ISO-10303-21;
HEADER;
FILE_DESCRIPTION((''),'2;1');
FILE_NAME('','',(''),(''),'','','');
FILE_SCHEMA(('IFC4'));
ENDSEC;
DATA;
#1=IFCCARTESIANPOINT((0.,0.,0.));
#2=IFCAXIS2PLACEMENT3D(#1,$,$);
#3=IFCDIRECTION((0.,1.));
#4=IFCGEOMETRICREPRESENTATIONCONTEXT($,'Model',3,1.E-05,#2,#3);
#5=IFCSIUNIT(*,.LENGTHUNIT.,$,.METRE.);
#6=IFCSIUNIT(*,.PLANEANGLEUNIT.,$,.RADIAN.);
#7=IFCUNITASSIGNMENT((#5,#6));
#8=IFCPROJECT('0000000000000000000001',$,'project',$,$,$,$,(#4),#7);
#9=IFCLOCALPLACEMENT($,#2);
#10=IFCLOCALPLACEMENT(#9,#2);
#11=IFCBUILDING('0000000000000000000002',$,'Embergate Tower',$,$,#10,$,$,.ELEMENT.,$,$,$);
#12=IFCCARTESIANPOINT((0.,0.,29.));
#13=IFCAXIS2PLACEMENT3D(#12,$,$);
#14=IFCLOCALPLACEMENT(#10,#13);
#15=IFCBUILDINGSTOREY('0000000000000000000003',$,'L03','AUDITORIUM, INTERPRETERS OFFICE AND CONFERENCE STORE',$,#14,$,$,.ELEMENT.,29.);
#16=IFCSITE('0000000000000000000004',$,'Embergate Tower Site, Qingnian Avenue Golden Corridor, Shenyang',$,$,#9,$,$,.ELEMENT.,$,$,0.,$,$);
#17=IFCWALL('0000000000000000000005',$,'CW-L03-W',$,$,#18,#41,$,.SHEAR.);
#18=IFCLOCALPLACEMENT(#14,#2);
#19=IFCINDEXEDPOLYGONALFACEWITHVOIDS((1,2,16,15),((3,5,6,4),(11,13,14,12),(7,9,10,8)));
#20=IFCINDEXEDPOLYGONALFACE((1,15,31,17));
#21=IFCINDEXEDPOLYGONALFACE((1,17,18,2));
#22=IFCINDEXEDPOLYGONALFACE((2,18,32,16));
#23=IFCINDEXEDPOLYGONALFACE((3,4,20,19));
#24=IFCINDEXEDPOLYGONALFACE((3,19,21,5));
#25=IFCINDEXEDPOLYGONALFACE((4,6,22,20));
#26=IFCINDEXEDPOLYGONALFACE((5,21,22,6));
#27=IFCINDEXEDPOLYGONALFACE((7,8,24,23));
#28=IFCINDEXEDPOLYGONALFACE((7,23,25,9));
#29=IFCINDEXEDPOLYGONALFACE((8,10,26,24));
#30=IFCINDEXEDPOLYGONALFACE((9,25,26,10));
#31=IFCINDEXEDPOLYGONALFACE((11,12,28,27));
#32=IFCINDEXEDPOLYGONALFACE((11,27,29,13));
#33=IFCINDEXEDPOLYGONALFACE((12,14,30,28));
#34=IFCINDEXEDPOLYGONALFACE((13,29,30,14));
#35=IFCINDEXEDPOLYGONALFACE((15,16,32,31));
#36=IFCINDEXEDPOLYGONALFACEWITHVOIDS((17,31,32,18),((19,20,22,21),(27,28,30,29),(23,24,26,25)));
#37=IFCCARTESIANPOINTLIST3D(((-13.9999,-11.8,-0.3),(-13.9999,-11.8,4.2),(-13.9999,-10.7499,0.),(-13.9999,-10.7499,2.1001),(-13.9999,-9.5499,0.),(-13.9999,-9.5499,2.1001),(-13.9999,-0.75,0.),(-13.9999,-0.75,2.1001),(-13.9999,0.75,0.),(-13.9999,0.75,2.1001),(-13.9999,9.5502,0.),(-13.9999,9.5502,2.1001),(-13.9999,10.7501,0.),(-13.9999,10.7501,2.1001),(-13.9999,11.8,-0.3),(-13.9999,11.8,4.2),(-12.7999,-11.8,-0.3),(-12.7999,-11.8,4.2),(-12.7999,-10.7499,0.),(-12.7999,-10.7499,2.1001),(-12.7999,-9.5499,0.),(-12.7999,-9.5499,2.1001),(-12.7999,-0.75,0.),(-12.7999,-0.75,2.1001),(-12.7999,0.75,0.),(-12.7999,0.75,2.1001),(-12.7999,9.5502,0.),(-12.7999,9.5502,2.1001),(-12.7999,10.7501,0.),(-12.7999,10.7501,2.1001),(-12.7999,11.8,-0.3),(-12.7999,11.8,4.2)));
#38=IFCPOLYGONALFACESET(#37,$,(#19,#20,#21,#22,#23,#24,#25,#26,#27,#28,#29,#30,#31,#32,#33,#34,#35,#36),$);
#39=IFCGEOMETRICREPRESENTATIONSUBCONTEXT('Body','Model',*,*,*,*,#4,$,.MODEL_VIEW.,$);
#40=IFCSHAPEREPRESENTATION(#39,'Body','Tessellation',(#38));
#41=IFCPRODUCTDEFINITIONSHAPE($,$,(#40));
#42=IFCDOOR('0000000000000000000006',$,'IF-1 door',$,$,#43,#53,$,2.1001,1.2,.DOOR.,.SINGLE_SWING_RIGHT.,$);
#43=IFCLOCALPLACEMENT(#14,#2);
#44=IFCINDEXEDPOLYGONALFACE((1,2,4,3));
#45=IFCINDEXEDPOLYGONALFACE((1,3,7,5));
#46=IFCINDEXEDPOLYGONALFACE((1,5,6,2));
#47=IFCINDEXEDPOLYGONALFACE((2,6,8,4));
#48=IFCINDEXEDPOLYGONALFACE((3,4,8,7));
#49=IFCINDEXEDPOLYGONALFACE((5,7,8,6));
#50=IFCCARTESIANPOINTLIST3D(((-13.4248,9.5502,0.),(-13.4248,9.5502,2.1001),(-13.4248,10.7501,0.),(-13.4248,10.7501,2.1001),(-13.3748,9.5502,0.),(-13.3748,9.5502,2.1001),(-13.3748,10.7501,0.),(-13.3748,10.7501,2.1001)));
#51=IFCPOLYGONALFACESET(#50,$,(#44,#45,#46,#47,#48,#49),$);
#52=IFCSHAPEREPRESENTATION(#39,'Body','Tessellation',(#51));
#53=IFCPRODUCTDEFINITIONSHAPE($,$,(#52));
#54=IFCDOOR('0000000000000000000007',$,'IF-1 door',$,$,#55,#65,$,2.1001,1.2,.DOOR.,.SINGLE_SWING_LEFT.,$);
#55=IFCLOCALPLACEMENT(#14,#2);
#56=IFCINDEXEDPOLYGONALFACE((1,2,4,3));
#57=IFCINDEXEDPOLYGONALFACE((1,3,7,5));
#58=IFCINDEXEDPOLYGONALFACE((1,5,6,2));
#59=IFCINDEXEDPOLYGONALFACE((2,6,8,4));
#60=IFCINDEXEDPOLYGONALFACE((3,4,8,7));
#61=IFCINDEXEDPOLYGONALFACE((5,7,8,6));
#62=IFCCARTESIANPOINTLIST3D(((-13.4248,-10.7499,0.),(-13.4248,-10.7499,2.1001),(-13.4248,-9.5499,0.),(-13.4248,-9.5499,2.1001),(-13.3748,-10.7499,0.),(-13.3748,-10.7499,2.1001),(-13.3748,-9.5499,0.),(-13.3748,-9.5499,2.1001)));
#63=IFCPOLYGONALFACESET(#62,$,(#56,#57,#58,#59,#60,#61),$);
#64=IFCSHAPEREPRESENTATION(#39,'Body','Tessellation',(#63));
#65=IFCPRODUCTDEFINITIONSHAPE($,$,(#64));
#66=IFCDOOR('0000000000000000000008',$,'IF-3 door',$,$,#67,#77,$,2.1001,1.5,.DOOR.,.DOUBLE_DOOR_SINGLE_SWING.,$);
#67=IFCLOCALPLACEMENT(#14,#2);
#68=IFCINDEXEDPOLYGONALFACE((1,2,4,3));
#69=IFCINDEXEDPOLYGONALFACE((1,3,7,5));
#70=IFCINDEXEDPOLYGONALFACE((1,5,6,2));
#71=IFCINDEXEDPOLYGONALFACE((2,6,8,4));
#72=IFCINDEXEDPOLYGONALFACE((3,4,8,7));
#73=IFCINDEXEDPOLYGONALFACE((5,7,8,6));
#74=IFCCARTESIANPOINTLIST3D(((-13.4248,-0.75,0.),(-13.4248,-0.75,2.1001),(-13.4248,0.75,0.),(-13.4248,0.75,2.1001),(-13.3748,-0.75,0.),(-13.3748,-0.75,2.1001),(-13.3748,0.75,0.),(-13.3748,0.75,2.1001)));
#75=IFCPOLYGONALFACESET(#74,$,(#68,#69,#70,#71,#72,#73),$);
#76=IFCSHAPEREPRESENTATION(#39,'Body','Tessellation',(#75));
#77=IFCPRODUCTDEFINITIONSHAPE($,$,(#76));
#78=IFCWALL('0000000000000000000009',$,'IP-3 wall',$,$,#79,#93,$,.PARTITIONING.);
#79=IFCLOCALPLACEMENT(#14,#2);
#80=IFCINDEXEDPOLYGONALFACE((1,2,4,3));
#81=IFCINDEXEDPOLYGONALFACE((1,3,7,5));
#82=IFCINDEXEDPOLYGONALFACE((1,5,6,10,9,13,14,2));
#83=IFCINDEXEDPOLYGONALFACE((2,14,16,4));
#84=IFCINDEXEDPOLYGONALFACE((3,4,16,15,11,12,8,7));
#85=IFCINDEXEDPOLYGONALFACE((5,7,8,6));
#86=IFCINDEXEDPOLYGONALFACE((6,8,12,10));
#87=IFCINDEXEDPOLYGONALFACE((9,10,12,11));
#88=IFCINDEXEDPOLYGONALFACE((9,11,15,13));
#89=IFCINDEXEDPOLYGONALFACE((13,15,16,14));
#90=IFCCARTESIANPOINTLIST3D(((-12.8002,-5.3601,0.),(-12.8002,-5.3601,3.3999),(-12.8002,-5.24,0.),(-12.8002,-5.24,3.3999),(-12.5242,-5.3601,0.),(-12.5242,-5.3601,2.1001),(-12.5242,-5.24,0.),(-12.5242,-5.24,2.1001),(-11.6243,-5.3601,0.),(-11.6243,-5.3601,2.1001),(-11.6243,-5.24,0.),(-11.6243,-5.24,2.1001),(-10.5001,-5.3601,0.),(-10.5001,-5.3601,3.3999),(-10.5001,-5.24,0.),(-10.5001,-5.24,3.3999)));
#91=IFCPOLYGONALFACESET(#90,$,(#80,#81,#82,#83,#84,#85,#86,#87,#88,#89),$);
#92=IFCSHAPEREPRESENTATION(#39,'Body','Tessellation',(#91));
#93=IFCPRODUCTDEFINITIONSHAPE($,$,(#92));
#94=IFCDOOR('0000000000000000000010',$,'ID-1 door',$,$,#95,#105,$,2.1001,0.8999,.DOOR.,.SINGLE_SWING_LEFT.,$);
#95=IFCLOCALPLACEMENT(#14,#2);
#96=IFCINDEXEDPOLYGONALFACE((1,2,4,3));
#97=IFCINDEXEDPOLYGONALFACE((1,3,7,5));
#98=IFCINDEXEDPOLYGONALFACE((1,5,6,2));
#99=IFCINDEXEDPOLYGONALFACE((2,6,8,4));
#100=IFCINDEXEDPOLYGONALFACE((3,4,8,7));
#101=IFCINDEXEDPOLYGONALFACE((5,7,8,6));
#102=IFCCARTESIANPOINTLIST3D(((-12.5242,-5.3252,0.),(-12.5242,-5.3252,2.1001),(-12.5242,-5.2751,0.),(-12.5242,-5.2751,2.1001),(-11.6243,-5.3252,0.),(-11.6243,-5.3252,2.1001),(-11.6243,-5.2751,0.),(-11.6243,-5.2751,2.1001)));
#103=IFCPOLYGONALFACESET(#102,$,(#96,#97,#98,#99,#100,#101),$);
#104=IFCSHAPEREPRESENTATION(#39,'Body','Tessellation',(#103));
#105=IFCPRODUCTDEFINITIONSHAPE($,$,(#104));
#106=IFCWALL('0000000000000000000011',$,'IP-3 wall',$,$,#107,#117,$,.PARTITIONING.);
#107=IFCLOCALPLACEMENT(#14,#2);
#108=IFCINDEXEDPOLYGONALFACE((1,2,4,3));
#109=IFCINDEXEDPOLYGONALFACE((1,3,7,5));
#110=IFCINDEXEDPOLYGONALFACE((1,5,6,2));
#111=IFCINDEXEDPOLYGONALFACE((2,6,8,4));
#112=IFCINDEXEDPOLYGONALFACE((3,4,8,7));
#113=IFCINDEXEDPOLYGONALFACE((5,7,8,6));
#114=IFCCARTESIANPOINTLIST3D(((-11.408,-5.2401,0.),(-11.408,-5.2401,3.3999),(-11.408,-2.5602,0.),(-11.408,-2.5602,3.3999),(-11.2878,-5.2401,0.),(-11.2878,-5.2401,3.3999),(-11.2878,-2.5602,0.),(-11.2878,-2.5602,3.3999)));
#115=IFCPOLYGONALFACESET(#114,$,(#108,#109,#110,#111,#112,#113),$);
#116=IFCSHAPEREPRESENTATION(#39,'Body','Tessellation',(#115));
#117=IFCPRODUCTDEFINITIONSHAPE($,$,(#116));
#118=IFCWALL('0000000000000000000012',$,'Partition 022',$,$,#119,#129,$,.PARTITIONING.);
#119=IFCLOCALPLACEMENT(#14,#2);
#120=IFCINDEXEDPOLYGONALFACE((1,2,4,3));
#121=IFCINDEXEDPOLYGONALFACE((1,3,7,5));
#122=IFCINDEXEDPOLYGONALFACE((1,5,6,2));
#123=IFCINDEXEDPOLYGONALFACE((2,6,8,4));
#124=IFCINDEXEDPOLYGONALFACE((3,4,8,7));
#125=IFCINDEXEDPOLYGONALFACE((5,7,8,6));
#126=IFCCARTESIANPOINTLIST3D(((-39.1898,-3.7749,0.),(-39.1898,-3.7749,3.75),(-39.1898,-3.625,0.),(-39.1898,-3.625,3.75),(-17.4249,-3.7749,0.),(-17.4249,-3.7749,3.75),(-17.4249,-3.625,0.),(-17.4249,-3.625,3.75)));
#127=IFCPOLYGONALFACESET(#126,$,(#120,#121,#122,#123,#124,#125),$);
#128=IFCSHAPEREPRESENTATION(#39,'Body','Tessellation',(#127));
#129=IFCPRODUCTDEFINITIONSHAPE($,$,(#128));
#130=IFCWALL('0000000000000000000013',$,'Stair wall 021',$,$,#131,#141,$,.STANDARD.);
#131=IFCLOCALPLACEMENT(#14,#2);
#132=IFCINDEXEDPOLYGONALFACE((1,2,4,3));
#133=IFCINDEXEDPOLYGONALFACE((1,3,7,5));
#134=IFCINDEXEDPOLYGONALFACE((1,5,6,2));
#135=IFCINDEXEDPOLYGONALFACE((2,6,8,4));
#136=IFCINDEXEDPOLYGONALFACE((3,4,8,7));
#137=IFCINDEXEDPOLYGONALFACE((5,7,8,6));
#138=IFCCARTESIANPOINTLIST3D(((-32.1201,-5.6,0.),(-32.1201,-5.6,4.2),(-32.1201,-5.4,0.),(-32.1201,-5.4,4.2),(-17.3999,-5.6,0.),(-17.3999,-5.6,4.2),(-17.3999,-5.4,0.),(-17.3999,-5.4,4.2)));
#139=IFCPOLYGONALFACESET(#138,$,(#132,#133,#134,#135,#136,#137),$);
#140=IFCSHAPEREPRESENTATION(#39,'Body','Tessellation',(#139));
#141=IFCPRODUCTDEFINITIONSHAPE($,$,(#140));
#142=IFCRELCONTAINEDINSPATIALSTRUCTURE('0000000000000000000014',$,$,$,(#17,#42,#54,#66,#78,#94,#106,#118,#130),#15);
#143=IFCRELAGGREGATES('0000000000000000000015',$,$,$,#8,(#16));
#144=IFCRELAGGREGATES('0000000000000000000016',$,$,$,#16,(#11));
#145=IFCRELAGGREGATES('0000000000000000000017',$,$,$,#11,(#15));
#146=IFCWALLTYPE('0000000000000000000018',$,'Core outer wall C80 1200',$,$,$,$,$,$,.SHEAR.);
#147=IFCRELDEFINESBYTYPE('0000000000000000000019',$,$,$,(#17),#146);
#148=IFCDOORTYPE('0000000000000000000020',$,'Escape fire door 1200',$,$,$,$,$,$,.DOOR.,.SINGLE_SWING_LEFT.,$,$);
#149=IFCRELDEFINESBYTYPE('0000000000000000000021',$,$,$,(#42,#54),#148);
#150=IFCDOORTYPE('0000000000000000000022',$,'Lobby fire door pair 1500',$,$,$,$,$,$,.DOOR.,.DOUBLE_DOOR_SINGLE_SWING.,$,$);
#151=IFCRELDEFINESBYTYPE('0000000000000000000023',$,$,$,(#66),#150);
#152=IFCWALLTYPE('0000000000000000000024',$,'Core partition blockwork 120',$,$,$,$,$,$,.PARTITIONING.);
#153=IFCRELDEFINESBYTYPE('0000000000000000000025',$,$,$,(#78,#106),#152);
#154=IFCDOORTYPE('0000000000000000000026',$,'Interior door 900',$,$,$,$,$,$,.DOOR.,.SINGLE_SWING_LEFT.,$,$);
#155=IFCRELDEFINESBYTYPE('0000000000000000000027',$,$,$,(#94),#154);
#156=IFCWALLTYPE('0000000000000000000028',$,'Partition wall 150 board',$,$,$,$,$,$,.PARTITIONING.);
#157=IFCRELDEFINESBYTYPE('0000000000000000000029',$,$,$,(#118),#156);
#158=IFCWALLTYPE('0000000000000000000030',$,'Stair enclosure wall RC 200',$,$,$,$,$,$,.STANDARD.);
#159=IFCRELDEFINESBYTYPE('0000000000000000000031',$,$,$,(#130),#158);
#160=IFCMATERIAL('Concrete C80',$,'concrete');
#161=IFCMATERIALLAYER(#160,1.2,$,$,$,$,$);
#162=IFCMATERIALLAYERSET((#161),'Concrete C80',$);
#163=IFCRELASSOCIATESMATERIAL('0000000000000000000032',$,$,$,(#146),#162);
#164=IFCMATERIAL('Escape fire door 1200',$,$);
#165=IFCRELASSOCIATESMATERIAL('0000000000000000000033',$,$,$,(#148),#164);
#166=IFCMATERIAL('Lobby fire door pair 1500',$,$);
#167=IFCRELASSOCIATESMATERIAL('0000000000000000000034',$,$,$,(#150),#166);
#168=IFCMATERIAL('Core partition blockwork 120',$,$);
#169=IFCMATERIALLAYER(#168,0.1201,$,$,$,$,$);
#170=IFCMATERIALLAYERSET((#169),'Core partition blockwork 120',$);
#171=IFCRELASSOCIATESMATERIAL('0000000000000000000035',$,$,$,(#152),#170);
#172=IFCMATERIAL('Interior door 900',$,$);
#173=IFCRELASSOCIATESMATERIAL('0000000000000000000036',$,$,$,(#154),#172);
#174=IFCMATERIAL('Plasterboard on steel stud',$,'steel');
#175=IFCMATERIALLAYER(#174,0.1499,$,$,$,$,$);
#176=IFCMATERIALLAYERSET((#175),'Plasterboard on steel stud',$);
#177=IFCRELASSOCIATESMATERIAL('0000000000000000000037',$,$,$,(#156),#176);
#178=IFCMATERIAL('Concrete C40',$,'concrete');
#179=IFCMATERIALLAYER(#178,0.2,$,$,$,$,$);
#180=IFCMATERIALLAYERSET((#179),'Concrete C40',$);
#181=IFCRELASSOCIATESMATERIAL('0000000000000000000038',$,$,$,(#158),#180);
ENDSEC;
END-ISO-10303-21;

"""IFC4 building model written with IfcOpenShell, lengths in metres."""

from ifc_helpers import new_model, si_unit, direction, frame, frame_2d, origin, place, context, subcontext, project, spatial, rectangle, extrude, source, transform, mapped, material, layer, layer_set, type_object, element, fill, save


model = new_model("IFC4")

# Units and contexts
model_context = context("Model", 3, precision=1e-05, world=origin(), true_north=direction((0.0, 1.0)))
body_context = subcontext(model_context, "Body", "Model", "MODEL_VIEW")
ifc_project = project(units=[si_unit("LENGTHUNIT", "METRE"), si_unit("PLANEANGLEUNIT", "RADIAN")], contexts=[model_context])

# Site, building, storey
site_placement = place(None, origin())
site = spatial("IfcSite", under=ifc_project, at=site_placement, Name="Embergate Tower Site, Qingnian Avenue Golden Corridor, Shenyang", CompositionType="ELEMENT", RefElevation=0.0)
building_placement = place(site_placement, origin())
building = spatial("IfcBuilding", under=site, at=building_placement, Name="Embergate Tower", CompositionType="ELEMENT")
storey_placement = place(building_placement, frame((0.0, 0.0, 29.0)))
storey = spatial("IfcBuildingStorey", under=building, at=storey_placement, Name="L03", Description="AUDITORIUM, INTERPRETERS OFFICE AND CONFERENCE STORE", CompositionType="ELEMENT", Elevation=29.0)

# Shared definitions
ifc_material_1 = material(Name="Concrete C40", Category="concrete")

# Shared definitions
ifc_material_2 = material(Name="Concrete C80", Category="concrete")
ifc_layer_1 = layer(ifc_material_2, 1.2)
ifc_layer_set_1 = layer_set([ifc_layer_1], Name="Concrete C80")
wall_type_1 = type_object("IfcWallType", Name="Core outer wall C80 1200", PredefinedType="SHEAR", material=ifc_layer_set_1)

# Wall, openings, doors
shared_shape_1 = source(origin(), body_context, "Body", "SweptSolid", [
    extrude(rectangle(XDim=23.6001, YDim=1.2, at=frame_2d((11.8, 0.0))), origin(), (0.0, 0.0, 1.0), 4.5),
])
wall_1_placement = place(storey_placement, frame((-13.3999, -11.8, -0.3), z_axis=(0.0, 0.0, 1.0), x_axis=(0.0, 1.0, 0.0)))
wall_1 = element("IfcWall", 1, at=wall_1_placement, inside=storey, type_object=wall_type_1, Name="CW-L03-W", PredefinedType="SHEAR", context=body_context, shape_type="MappedRepresentation", body=[
    mapped(shared_shape_1, transform((0.0, 0.0, 0.0))),
])
shared_shape_2 = source(origin(), body_context, "Body", "SweptSolid", [
    extrude(rectangle(XDim=1.2, YDim=2.1001, at=frame_2d((0.6001, 1.05))), frame((0.0, 0.6099, 0.0), z_axis=(0.0, -1.0, 0.0), x_axis=(1.0, 0.0, 0.0)), (0.0, 0.0, 1.0), 1.22),
])
opening_1_placement = place(wall_1_placement, frame((21.3501, 0.0, 0.3)))
opening_1 = element("IfcOpeningElement", 2, at=opening_1_placement, cuts=wall_1, PredefinedType="OPENING", context=body_context, shape_type="MappedRepresentation", body=[
    mapped(shared_shape_2, transform((0.0, 0.0, 0.0))),
])
opening_2_placement = place(wall_1_placement, frame((1.05, 0.0, 0.3)))
opening_2 = element("IfcOpeningElement", 3, at=opening_2_placement, cuts=wall_1, PredefinedType="OPENING", context=body_context, shape_type="MappedRepresentation", body=[
    mapped(shared_shape_2, transform((0.0, 0.0, 0.0))),
])
shared_shape_3 = source(origin(), body_context, "Body", "SweptSolid", [
    extrude(rectangle(XDim=1.5, YDim=2.1001, at=frame_2d((0.75, 1.05))), frame((0.0, 0.6099, 0.0), z_axis=(0.0, -1.0, 0.0), x_axis=(1.0, 0.0, 0.0)), (0.0, 0.0, 1.0), 1.22),
])
opening_3_placement = place(wall_1_placement, frame((11.05, 0.0, 0.3)))
opening_3 = element("IfcOpeningElement", 4, at=opening_3_placement, cuts=wall_1, PredefinedType="OPENING", context=body_context, shape_type="MappedRepresentation", body=[
    mapped(shared_shape_3, transform((0.0, 0.0, 0.0))),
])
ifc_material_3 = material(Name="Escape fire door 1200")
door_type_1 = type_object("IfcDoorType", Name="Escape fire door 1200", OperationType="SINGLE_SWING_LEFT", PredefinedType="DOOR", material=ifc_material_3)
shared_shape_4 = source(origin(), body_context, "Body", "SweptSolid", [
    extrude(rectangle(XDim=1.2, YDim=2.1001, at=frame_2d((0.6001, 1.05))), frame((0.0, 0.0249, 0.0), z_axis=(0.0, -1.0, 0.0), x_axis=(1.0, 0.0, 0.0)), (0.0, 0.0, 1.0), 0.05),
])
door_1_placement = place(opening_1_placement, origin())
door_1 = element("IfcDoor", 5, at=door_1_placement, inside=storey, type_object=door_type_1, Name="IF-1 door", OperationType="SINGLE_SWING_RIGHT", OverallHeight=2.1001, OverallWidth=1.2, PredefinedType="DOOR", context=body_context, shape_type="MappedRepresentation", body=[
    mapped(shared_shape_4, transform((0.0, 0.0, 0.0))),
])
fill(opening_1, door_1)
door_2_placement = place(opening_2_placement, origin())
door_2 = element("IfcDoor", 6, at=door_2_placement, inside=storey, type_object=door_type_1, Name="IF-1 door", OperationType="SINGLE_SWING_LEFT", OverallHeight=2.1001, OverallWidth=1.2, PredefinedType="DOOR", context=body_context, shape_type="MappedRepresentation", body=[
    mapped(shared_shape_4, transform((0.0, 0.0, 0.0))),
])
fill(opening_2, door_2)
ifc_material_4 = material(Name="Lobby fire door pair 1500")
door_type_2 = type_object("IfcDoorType", Name="Lobby fire door pair 1500", OperationType="DOUBLE_DOOR_SINGLE_SWING", PredefinedType="DOOR", material=ifc_material_4)
shared_shape_5 = source(origin(), body_context, "Body", "SweptSolid", [
    extrude(rectangle(XDim=1.5, YDim=2.1001, at=frame_2d((0.75, 1.05))), frame((0.0, 0.0249, 0.0), z_axis=(0.0, -1.0, 0.0), x_axis=(1.0, 0.0, 0.0)), (0.0, 0.0, 1.0), 0.05),
])
door_3_placement = place(opening_3_placement, origin())
door_3 = element("IfcDoor", 7, at=door_3_placement, inside=storey, type_object=door_type_2, Name="IF-3 door", OperationType="DOUBLE_DOOR_SINGLE_SWING", OverallHeight=2.1001, OverallWidth=1.5, PredefinedType="DOOR", context=body_context, shape_type="MappedRepresentation", body=[
    mapped(shared_shape_5, transform((0.0, 0.0, 0.0))),
])
fill(opening_3, door_3)

# Wall, opening, door
ifc_material_5 = material(Name="Core partition blockwork 120")
ifc_layer_2 = layer(ifc_material_5, 0.1201)
ifc_layer_set_2 = layer_set([ifc_layer_2], Name="Core partition blockwork 120")
wall_type_2 = type_object("IfcWallType", Name="Core partition blockwork 120", PredefinedType="PARTITIONING", material=ifc_layer_set_2)
shared_shape_6 = source(origin(), body_context, "Body", "SweptSolid", [
    extrude(rectangle(XDim=2.3, YDim=0.1201, at=frame_2d((1.1499, 0.0))), origin(), (0.0, 0.0, 1.0), 3.3999),
])
wall_2_placement = place(storey_placement, frame((-12.8, -5.3, 0.0), z_axis=(0.0, 0.0, 1.0), x_axis=(1.0, 0.0, 0.0)))
wall_2 = element("IfcWall", 8, at=wall_2_placement, inside=storey, type_object=wall_type_2, Name="IP-3 wall", PredefinedType="PARTITIONING", context=body_context, shape_type="MappedRepresentation", body=[
    mapped(shared_shape_6, transform((0.0, 0.0, 0.0))),
])
shared_shape_7 = source(origin(), body_context, "Body", "SweptSolid", [
    extrude(rectangle(XDim=0.8999, YDim=2.1001, at=frame_2d((0.45, 1.05))), frame((0.0, 0.0701, 0.0), z_axis=(0.0, -1.0, 0.0), x_axis=(1.0, 0.0, 0.0)), (0.0, 0.0, 1.0), 0.1401),
])
opening_4_placement = place(wall_2_placement, frame((0.2759, 0.0, 0.0)))
opening_4 = element("IfcOpeningElement", 9, at=opening_4_placement, cuts=wall_2, PredefinedType="OPENING", context=body_context, shape_type="MappedRepresentation", body=[
    mapped(shared_shape_7, transform((0.0, 0.0, 0.0))),
])
ifc_material_6 = material(Name="Interior door 900")
door_type_3 = type_object("IfcDoorType", Name="Interior door 900", OperationType="SINGLE_SWING_LEFT", PredefinedType="DOOR", material=ifc_material_6)
shared_shape_8 = source(origin(), body_context, "Body", "SweptSolid", [
    extrude(rectangle(XDim=0.8999, YDim=2.1001, at=frame_2d((0.45, 1.05))), frame((0.0, 0.0249, 0.0), z_axis=(0.0, -1.0, 0.0), x_axis=(1.0, 0.0, 0.0)), (0.0, 0.0, 1.0), 0.05),
])
door_4_placement = place(opening_4_placement, origin())
door_4 = element("IfcDoor", 10, at=door_4_placement, inside=storey, type_object=door_type_3, Name="ID-1 door", OperationType="SINGLE_SWING_LEFT", OverallHeight=2.1001, OverallWidth=0.8999, PredefinedType="DOOR", context=body_context, shape_type="MappedRepresentation", body=[
    mapped(shared_shape_8, transform((0.0, 0.0, 0.0))),
])
fill(opening_4, door_4)

# Walls
shared_shape_9 = source(origin(), body_context, "Body", "SweptSolid", [
    extrude(rectangle(XDim=2.6799, YDim=0.1201, at=frame_2d((1.3398, 0.0))), origin(), (0.0, 0.0, 1.0), 3.3999),
])
wall_3_placement = place(storey_placement, frame((-11.3479, -5.24, 0.0), z_axis=(0.0, 0.0, 1.0), x_axis=(0.0, 1.0, 0.0)))
element("IfcWall", 11, at=wall_3_placement, inside=storey, type_object=wall_type_2, Name="IP-3 wall", PredefinedType="PARTITIONING", context=body_context, shape_type="MappedRepresentation", body=[
    mapped(shared_shape_9, transform((0.0, 0.0, 0.0))),
])
ifc_material_7 = material(Name="Plasterboard on steel stud", Category="steel")
ifc_layer_3 = layer(ifc_material_7, 0.1499)
ifc_layer_set_3 = layer_set([ifc_layer_3], Name="Plasterboard on steel stud")
wall_type_3 = type_object("IfcWallType", Name="Partition wall 150 board", PredefinedType="PARTITIONING", material=ifc_layer_set_3)
shared_shape_10 = source(origin(), body_context, "Body", "SweptSolid", [
    extrude(rectangle(XDim=21.7649, YDim=0.1499, at=frame_2d((10.8823, 0.0))), origin(), (0.0, 0.0, 1.0), 3.75),
])
wall_4_placement = place(storey_placement, frame((-17.425, -3.7, 0.0), z_axis=(0.0, 0.0, 1.0), x_axis=(-1.0, 0.0, 0.0)))
element("IfcWall", 12, at=wall_4_placement, inside=storey, type_object=wall_type_3, Name="Partition 022", PredefinedType="PARTITIONING", context=body_context, shape_type="MappedRepresentation", body=[
    mapped(shared_shape_10, transform((0.0, 0.0, 0.0))),
])
ifc_layer_4 = layer(ifc_material_1, 0.2)
ifc_layer_set_4 = layer_set([ifc_layer_4], Name="Concrete C40")
wall_type_4 = type_object("IfcWallType", Name="Stair enclosure wall RC 200", PredefinedType="STANDARD", material=ifc_layer_set_4)
shared_shape_11 = source(origin(), body_context, "Body", "SweptSolid", [
    extrude(rectangle(XDim=14.7202, YDim=0.2, at=frame_2d((7.3601, 0.0))), origin(), (0.0, 0.0, 1.0), 4.2),
])
wall_5_placement = place(storey_placement, frame((-17.3999, -5.5, 0.0), z_axis=(0.0, 0.0, 1.0), x_axis=(-1.0, 0.0, 0.0)))
element("IfcWall", 13, at=wall_5_placement, inside=storey, type_object=wall_type_4, Name="Stair wall 021", PredefinedType="STANDARD", context=body_context, shape_type="MappedRepresentation", body=[
    mapped(shared_shape_11, transform((0.0, 0.0, 0.0))),
])

save(model, "model.ifc")
